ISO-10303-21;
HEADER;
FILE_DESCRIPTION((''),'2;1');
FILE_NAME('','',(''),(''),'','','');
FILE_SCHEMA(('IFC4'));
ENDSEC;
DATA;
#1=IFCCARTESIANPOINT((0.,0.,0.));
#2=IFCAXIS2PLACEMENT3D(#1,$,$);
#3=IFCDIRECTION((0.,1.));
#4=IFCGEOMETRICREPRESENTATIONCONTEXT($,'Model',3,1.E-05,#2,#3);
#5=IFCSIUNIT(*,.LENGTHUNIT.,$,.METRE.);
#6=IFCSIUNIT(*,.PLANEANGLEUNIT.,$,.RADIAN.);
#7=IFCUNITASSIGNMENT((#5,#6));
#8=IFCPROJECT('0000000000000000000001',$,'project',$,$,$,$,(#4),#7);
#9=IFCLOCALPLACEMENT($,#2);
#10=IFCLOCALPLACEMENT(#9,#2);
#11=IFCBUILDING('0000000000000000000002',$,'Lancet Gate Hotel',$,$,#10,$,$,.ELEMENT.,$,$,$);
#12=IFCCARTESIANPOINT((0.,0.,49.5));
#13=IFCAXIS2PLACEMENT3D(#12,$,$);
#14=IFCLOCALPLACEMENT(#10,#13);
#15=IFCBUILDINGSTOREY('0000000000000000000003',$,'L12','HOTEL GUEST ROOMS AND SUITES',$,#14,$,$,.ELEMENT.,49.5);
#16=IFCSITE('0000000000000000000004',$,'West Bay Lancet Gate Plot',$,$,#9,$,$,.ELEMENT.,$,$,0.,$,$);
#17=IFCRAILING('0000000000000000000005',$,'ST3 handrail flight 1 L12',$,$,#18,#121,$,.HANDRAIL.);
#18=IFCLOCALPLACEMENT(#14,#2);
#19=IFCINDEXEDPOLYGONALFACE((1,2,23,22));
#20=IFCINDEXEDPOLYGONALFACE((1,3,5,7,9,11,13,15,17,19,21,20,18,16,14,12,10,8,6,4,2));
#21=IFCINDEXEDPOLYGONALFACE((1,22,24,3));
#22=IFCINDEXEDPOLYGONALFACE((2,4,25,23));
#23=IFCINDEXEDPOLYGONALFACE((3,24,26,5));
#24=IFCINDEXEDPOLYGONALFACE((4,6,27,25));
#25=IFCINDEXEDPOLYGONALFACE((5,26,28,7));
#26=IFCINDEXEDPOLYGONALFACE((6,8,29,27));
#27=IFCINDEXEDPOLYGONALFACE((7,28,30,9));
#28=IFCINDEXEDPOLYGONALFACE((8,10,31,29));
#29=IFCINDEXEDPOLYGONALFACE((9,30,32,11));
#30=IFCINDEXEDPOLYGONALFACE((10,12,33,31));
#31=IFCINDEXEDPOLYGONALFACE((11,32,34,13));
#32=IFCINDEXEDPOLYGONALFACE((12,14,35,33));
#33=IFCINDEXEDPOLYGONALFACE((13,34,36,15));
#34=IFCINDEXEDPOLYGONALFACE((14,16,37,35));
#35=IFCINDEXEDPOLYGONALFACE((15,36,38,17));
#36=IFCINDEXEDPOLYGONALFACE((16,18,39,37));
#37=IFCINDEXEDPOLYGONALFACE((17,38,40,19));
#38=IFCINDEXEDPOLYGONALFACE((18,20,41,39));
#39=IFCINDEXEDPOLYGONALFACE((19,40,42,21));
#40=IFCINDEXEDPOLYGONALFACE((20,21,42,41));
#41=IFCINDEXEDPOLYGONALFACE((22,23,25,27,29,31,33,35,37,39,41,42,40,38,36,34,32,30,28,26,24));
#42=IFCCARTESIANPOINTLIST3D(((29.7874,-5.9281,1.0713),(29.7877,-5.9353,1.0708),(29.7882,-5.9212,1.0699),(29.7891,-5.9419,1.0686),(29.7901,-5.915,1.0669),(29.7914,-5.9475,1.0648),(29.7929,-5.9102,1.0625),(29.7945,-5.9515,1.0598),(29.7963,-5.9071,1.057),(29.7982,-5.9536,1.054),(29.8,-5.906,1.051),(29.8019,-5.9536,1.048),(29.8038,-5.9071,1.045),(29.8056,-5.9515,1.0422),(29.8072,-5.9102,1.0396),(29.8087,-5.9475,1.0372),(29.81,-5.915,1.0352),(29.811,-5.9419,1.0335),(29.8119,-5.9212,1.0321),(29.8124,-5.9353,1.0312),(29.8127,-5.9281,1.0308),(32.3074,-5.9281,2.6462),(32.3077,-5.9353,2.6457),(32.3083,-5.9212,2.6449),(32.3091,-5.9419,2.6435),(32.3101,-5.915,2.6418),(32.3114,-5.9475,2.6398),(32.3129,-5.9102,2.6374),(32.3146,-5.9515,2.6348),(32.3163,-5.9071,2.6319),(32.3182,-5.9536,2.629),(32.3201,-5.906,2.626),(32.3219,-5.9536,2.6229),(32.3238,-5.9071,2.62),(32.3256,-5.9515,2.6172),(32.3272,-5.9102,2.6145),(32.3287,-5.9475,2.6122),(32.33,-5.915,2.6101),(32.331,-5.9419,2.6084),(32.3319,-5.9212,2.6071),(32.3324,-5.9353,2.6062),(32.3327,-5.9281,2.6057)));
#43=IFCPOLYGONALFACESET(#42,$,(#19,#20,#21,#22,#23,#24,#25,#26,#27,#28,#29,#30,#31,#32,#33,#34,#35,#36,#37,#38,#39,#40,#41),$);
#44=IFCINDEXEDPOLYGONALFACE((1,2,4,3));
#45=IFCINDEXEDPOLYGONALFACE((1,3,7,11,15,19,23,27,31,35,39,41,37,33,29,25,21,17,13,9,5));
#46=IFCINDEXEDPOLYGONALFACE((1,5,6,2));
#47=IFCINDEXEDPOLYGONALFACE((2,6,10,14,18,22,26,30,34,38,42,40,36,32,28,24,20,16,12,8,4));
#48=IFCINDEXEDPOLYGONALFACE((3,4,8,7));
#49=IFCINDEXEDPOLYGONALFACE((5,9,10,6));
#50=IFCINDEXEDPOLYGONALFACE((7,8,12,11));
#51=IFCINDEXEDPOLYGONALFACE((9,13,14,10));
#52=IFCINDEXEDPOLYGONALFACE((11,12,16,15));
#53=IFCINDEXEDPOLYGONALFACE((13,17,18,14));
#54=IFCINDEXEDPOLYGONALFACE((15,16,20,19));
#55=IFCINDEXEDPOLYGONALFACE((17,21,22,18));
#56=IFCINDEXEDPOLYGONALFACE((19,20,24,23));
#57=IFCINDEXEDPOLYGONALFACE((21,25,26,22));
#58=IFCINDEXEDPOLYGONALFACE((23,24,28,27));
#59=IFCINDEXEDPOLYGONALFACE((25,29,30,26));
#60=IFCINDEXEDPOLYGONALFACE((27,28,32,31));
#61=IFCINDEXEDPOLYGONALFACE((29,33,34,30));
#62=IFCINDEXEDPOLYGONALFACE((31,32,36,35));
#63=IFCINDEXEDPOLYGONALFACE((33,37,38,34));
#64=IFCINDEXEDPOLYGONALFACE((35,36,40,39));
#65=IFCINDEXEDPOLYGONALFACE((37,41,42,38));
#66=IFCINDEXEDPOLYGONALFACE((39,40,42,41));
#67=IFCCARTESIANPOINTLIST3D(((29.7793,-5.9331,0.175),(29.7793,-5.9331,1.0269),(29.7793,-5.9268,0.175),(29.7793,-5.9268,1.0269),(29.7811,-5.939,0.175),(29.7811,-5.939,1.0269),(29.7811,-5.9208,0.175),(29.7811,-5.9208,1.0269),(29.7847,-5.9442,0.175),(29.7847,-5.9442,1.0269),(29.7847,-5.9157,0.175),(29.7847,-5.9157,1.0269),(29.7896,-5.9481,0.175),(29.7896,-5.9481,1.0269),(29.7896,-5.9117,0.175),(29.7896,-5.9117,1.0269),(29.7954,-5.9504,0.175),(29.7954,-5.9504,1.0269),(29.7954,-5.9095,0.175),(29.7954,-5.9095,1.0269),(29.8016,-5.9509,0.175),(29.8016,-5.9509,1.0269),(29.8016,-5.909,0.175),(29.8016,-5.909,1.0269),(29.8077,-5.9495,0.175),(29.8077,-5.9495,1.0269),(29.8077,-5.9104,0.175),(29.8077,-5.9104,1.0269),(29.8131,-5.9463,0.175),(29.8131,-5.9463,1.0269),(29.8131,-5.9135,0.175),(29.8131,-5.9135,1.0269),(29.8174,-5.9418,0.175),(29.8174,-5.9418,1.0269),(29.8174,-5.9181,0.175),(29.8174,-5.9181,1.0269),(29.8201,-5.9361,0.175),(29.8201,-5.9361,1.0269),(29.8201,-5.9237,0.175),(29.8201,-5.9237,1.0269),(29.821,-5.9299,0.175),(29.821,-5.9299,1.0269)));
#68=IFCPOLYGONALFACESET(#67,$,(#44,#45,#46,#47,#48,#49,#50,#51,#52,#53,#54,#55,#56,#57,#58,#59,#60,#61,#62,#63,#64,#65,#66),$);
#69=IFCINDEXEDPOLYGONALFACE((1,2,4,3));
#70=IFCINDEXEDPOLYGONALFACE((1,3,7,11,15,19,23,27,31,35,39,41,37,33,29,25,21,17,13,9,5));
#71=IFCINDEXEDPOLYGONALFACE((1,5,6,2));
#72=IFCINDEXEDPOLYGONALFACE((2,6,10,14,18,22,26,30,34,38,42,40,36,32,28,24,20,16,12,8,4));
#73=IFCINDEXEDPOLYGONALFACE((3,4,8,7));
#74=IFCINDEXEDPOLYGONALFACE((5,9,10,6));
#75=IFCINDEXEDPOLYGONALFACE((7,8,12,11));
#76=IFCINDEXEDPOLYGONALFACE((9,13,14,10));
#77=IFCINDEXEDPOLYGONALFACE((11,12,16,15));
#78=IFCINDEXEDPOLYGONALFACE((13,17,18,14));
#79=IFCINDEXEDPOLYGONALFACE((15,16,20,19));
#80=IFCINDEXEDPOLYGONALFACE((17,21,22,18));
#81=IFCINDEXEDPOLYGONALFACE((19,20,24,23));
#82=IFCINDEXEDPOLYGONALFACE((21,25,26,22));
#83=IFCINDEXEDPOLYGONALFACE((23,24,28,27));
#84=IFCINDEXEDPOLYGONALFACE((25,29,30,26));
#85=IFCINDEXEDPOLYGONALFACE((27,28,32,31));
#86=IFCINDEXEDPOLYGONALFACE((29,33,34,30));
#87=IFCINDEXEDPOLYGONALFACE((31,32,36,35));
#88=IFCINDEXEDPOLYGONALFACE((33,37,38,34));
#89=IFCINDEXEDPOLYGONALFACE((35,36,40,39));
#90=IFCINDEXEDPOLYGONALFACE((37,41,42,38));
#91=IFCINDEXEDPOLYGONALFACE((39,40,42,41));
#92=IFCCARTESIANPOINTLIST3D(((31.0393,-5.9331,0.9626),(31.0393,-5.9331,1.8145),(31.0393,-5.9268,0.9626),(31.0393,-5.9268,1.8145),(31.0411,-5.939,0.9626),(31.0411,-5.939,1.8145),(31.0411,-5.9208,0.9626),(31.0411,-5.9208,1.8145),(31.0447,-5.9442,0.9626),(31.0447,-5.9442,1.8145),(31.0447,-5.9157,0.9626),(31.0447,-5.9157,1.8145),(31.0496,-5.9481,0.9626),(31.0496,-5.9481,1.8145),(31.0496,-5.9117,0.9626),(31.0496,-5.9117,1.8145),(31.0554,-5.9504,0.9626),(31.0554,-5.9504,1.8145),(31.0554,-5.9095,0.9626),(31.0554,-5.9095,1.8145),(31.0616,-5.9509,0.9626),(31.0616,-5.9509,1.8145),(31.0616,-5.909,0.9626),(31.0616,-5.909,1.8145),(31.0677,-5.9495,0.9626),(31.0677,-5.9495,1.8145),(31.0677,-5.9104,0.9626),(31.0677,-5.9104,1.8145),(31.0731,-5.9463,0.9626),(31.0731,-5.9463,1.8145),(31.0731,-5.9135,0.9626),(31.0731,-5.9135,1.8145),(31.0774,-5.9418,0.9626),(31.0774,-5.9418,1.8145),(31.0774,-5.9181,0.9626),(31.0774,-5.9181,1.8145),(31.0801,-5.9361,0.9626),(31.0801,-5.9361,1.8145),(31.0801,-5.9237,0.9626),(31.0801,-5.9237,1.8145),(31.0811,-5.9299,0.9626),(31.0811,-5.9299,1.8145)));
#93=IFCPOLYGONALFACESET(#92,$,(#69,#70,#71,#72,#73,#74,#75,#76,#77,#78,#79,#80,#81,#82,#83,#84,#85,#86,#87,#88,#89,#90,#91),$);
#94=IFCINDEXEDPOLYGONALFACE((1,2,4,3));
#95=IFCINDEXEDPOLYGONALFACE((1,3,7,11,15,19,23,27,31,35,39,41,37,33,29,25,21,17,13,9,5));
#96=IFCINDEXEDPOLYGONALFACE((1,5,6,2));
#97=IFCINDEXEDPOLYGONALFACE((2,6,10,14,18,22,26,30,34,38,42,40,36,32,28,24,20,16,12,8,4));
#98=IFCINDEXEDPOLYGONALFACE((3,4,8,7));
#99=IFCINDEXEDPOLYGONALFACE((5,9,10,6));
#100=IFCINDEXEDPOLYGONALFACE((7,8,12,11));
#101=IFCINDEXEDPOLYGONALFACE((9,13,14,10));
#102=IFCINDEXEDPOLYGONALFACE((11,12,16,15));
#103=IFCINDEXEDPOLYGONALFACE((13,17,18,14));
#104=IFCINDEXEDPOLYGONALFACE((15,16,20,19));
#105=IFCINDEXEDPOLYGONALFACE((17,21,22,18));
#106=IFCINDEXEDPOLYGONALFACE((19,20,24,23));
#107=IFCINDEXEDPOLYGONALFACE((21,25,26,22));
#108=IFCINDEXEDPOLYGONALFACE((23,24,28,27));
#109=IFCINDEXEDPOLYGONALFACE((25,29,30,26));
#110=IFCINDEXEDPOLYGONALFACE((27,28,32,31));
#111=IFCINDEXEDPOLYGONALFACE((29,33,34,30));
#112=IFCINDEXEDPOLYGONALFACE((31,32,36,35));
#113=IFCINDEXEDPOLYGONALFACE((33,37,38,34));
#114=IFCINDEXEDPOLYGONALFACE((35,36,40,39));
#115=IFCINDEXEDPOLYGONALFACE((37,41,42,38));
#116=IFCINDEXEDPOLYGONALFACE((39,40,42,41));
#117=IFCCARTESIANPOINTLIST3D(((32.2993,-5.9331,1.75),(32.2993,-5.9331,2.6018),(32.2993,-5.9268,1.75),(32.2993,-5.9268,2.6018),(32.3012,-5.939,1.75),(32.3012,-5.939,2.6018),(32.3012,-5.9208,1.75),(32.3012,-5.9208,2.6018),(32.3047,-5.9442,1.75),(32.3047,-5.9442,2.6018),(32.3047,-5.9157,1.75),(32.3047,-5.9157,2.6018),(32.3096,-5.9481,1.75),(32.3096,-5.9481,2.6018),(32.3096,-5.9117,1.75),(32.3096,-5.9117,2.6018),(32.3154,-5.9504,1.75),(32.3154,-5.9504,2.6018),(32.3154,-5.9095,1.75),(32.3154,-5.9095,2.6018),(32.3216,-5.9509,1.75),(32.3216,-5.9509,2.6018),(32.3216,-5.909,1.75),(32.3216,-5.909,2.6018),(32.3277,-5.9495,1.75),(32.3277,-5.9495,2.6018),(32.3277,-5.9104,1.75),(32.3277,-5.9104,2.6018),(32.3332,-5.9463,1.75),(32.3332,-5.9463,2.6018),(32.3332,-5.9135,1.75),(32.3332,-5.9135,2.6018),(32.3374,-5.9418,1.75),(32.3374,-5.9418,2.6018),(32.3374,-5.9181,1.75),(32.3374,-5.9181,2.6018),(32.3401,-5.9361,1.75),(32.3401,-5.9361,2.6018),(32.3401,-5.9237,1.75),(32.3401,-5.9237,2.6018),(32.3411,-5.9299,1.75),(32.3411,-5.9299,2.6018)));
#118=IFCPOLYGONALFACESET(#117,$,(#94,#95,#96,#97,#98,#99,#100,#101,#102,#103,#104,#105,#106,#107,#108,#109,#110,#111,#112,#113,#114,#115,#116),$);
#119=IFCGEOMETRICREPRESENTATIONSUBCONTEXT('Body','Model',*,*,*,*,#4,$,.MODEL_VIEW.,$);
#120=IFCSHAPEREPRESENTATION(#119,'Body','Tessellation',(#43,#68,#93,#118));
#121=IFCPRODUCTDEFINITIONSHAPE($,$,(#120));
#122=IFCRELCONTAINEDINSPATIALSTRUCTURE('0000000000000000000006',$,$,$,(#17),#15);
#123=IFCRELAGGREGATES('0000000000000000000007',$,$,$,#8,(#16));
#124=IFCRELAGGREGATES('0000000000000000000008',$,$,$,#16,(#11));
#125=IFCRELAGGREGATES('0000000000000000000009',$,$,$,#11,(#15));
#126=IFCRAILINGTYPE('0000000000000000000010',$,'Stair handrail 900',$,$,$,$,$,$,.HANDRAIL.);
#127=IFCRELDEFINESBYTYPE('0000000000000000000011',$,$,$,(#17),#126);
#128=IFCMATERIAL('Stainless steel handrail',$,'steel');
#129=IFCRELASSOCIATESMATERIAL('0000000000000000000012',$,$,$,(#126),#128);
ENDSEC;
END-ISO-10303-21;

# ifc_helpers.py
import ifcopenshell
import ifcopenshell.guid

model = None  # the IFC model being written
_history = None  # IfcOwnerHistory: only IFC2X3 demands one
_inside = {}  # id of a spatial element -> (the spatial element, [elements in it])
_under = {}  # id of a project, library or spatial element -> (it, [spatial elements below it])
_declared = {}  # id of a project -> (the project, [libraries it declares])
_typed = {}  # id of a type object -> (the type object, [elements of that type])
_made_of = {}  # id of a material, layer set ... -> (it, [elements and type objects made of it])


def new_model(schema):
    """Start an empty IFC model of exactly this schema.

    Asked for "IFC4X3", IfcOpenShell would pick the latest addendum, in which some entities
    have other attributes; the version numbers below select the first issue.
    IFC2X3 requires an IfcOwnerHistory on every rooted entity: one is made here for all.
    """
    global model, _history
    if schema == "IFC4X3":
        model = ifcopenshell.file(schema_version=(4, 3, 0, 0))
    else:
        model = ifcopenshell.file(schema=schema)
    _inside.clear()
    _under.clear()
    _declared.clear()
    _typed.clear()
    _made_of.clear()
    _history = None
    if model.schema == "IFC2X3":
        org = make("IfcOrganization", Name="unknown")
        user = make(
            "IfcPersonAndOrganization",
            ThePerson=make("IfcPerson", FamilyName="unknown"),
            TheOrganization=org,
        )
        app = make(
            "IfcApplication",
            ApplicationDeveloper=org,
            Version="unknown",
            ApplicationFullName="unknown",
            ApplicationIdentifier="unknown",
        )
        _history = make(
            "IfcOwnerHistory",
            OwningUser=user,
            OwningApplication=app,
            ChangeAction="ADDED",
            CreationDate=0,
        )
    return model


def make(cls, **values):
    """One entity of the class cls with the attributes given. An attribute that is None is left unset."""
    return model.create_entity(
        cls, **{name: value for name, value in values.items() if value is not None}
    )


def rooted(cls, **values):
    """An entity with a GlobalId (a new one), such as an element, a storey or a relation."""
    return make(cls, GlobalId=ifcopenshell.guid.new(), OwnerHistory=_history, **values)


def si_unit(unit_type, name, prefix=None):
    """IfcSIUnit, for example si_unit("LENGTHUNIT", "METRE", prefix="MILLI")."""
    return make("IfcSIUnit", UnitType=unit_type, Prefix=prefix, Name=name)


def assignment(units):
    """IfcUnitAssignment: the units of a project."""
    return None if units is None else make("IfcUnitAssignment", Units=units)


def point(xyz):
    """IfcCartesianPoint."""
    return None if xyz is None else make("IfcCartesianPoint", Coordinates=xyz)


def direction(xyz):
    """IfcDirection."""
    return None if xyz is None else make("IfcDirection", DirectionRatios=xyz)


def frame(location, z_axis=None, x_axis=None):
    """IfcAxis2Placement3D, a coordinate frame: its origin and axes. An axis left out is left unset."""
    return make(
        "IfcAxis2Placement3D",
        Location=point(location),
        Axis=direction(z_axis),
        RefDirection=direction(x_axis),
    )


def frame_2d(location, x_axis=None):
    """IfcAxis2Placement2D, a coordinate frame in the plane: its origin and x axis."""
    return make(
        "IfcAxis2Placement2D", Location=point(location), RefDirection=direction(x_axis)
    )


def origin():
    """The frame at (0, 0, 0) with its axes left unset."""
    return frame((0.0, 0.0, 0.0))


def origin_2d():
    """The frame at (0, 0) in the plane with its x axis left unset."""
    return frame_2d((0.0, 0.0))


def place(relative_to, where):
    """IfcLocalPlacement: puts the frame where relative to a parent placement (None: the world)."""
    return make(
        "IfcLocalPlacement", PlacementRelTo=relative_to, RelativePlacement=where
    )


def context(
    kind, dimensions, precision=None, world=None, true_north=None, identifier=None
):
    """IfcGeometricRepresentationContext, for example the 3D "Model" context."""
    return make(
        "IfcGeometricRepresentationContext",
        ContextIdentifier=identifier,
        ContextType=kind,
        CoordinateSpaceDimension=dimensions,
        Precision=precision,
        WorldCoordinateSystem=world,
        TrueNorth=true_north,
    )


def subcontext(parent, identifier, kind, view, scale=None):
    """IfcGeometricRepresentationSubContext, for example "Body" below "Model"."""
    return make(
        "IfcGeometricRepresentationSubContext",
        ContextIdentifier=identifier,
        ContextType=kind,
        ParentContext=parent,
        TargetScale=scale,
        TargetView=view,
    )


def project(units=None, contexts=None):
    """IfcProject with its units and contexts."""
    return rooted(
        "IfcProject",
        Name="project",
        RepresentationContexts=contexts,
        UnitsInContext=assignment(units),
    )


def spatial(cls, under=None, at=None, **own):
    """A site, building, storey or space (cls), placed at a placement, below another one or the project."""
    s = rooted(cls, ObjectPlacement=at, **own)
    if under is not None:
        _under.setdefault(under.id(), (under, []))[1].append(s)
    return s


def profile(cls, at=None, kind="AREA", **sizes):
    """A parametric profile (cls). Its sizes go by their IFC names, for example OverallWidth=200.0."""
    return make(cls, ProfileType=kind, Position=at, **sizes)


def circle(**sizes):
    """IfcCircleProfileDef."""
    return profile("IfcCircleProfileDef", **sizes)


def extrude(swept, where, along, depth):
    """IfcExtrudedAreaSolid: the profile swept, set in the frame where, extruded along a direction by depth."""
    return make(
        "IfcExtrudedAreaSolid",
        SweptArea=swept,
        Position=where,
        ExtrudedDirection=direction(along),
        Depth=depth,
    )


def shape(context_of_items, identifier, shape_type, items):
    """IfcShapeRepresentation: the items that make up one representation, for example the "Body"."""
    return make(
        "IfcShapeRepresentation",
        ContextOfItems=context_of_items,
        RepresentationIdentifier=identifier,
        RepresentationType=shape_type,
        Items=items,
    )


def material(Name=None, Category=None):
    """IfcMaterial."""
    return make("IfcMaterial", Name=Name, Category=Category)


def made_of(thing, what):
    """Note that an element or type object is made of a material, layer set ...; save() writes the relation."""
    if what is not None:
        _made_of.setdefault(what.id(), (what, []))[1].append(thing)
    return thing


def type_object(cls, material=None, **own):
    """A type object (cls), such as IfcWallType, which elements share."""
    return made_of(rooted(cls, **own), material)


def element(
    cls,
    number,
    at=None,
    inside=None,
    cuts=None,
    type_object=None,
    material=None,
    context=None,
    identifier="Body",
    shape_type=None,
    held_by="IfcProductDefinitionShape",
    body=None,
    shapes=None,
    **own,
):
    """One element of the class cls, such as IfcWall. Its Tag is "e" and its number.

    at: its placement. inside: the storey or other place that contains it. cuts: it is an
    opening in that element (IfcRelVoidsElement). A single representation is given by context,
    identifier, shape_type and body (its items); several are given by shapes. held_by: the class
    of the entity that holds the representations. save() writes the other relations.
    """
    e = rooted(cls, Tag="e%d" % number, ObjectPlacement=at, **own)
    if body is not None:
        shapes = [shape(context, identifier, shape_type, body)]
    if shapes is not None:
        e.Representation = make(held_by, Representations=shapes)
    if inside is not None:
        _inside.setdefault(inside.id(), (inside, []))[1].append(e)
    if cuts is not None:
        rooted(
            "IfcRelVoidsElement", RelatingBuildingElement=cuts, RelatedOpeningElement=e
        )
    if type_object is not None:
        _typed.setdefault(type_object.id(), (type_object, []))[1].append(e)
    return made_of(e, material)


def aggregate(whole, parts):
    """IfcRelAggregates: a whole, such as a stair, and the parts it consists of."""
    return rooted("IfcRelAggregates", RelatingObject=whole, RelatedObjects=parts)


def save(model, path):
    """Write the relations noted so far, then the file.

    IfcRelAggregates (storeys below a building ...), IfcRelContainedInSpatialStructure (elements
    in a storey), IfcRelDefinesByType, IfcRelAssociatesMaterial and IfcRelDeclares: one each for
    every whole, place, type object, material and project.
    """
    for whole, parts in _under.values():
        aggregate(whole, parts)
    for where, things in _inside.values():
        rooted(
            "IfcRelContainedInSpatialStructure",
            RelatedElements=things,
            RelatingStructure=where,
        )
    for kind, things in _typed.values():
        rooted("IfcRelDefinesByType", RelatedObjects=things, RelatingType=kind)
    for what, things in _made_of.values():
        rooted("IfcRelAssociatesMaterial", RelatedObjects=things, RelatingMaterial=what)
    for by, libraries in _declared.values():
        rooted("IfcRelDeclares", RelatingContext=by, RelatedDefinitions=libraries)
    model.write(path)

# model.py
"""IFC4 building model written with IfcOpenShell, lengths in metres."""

from ifc_helpers import new_model, si_unit, direction, frame, origin, origin_2d, place, context, subcontext, project, spatial, circle, extrude, material, type_object, element, save


model = new_model("IFC4")

# Units and contexts
model_context = context("Model", 3, precision=1e-05, world=origin(), true_north=direction((0.0, 1.0)))
body_context = subcontext(model_context, "Body", "Model", "MODEL_VIEW")
ifc_project = project(units=[si_unit("LENGTHUNIT", "METRE"), si_unit("PLANEANGLEUNIT", "RADIAN")], contexts=[model_context])

# Site, building, storey
site_placement = place(None, origin())
site = spatial("IfcSite", under=ifc_project, at=site_placement, Name="West Bay Lancet Gate Plot", CompositionType="ELEMENT", RefElevation=0.0)
building_placement = place(site_placement, origin())
building = spatial("IfcBuilding", under=site, at=building_placement, Name="Lancet Gate Hotel", CompositionType="ELEMENT")
storey_placement = place(building_placement, frame((0.0, 0.0, 49.5)))
storey = spatial("IfcBuildingStorey", under=building, at=storey_placement, Name="L12", Description="HOTEL GUEST ROOMS AND SUITES", CompositionType="ELEMENT", Elevation=49.5)

# Railing
ifc_material_1 = material(Name="Stainless steel handrail", Category="steel")
railing_type = type_object("IfcRailingType", Name="Stair handrail 900", PredefinedType="HANDRAIL", material=ifc_material_1)
railing_1_placement = place(storey_placement, frame((29.8, -5.9299, 0.175)))
element("IfcRailing", 1, at=railing_1_placement, inside=storey, type_object=railing_type, Name="ST3 handrail flight 1 L12", PredefinedType="HANDRAIL", context=body_context, shape_type="SweptSolid", body=[
    extrude(circle(Radius=0.0239, at=origin_2d()), frame((0.0, 0.0, 0.876), z_axis=(0.848008, 0.0, 0.529984), x_axis=(0.0, 1.0, 0.0)), (0.0, 0.0, 1.0), 2.9717),
    extrude(circle(Radius=0.021, at=origin_2d()), origin(), (0.0, 0.0, 1.0), 0.8518),
    extrude(circle(Radius=0.021, at=origin_2d()), frame((1.26, 0.0, 0.7876)), (0.0, 0.0, 1.0), 0.8518),
    extrude(circle(Radius=0.021, at=origin_2d()), frame((2.52, 0.0, 1.575)), (0.0, 0.0, 1.0), 0.8518),
])

save(model, "model.ifc")
